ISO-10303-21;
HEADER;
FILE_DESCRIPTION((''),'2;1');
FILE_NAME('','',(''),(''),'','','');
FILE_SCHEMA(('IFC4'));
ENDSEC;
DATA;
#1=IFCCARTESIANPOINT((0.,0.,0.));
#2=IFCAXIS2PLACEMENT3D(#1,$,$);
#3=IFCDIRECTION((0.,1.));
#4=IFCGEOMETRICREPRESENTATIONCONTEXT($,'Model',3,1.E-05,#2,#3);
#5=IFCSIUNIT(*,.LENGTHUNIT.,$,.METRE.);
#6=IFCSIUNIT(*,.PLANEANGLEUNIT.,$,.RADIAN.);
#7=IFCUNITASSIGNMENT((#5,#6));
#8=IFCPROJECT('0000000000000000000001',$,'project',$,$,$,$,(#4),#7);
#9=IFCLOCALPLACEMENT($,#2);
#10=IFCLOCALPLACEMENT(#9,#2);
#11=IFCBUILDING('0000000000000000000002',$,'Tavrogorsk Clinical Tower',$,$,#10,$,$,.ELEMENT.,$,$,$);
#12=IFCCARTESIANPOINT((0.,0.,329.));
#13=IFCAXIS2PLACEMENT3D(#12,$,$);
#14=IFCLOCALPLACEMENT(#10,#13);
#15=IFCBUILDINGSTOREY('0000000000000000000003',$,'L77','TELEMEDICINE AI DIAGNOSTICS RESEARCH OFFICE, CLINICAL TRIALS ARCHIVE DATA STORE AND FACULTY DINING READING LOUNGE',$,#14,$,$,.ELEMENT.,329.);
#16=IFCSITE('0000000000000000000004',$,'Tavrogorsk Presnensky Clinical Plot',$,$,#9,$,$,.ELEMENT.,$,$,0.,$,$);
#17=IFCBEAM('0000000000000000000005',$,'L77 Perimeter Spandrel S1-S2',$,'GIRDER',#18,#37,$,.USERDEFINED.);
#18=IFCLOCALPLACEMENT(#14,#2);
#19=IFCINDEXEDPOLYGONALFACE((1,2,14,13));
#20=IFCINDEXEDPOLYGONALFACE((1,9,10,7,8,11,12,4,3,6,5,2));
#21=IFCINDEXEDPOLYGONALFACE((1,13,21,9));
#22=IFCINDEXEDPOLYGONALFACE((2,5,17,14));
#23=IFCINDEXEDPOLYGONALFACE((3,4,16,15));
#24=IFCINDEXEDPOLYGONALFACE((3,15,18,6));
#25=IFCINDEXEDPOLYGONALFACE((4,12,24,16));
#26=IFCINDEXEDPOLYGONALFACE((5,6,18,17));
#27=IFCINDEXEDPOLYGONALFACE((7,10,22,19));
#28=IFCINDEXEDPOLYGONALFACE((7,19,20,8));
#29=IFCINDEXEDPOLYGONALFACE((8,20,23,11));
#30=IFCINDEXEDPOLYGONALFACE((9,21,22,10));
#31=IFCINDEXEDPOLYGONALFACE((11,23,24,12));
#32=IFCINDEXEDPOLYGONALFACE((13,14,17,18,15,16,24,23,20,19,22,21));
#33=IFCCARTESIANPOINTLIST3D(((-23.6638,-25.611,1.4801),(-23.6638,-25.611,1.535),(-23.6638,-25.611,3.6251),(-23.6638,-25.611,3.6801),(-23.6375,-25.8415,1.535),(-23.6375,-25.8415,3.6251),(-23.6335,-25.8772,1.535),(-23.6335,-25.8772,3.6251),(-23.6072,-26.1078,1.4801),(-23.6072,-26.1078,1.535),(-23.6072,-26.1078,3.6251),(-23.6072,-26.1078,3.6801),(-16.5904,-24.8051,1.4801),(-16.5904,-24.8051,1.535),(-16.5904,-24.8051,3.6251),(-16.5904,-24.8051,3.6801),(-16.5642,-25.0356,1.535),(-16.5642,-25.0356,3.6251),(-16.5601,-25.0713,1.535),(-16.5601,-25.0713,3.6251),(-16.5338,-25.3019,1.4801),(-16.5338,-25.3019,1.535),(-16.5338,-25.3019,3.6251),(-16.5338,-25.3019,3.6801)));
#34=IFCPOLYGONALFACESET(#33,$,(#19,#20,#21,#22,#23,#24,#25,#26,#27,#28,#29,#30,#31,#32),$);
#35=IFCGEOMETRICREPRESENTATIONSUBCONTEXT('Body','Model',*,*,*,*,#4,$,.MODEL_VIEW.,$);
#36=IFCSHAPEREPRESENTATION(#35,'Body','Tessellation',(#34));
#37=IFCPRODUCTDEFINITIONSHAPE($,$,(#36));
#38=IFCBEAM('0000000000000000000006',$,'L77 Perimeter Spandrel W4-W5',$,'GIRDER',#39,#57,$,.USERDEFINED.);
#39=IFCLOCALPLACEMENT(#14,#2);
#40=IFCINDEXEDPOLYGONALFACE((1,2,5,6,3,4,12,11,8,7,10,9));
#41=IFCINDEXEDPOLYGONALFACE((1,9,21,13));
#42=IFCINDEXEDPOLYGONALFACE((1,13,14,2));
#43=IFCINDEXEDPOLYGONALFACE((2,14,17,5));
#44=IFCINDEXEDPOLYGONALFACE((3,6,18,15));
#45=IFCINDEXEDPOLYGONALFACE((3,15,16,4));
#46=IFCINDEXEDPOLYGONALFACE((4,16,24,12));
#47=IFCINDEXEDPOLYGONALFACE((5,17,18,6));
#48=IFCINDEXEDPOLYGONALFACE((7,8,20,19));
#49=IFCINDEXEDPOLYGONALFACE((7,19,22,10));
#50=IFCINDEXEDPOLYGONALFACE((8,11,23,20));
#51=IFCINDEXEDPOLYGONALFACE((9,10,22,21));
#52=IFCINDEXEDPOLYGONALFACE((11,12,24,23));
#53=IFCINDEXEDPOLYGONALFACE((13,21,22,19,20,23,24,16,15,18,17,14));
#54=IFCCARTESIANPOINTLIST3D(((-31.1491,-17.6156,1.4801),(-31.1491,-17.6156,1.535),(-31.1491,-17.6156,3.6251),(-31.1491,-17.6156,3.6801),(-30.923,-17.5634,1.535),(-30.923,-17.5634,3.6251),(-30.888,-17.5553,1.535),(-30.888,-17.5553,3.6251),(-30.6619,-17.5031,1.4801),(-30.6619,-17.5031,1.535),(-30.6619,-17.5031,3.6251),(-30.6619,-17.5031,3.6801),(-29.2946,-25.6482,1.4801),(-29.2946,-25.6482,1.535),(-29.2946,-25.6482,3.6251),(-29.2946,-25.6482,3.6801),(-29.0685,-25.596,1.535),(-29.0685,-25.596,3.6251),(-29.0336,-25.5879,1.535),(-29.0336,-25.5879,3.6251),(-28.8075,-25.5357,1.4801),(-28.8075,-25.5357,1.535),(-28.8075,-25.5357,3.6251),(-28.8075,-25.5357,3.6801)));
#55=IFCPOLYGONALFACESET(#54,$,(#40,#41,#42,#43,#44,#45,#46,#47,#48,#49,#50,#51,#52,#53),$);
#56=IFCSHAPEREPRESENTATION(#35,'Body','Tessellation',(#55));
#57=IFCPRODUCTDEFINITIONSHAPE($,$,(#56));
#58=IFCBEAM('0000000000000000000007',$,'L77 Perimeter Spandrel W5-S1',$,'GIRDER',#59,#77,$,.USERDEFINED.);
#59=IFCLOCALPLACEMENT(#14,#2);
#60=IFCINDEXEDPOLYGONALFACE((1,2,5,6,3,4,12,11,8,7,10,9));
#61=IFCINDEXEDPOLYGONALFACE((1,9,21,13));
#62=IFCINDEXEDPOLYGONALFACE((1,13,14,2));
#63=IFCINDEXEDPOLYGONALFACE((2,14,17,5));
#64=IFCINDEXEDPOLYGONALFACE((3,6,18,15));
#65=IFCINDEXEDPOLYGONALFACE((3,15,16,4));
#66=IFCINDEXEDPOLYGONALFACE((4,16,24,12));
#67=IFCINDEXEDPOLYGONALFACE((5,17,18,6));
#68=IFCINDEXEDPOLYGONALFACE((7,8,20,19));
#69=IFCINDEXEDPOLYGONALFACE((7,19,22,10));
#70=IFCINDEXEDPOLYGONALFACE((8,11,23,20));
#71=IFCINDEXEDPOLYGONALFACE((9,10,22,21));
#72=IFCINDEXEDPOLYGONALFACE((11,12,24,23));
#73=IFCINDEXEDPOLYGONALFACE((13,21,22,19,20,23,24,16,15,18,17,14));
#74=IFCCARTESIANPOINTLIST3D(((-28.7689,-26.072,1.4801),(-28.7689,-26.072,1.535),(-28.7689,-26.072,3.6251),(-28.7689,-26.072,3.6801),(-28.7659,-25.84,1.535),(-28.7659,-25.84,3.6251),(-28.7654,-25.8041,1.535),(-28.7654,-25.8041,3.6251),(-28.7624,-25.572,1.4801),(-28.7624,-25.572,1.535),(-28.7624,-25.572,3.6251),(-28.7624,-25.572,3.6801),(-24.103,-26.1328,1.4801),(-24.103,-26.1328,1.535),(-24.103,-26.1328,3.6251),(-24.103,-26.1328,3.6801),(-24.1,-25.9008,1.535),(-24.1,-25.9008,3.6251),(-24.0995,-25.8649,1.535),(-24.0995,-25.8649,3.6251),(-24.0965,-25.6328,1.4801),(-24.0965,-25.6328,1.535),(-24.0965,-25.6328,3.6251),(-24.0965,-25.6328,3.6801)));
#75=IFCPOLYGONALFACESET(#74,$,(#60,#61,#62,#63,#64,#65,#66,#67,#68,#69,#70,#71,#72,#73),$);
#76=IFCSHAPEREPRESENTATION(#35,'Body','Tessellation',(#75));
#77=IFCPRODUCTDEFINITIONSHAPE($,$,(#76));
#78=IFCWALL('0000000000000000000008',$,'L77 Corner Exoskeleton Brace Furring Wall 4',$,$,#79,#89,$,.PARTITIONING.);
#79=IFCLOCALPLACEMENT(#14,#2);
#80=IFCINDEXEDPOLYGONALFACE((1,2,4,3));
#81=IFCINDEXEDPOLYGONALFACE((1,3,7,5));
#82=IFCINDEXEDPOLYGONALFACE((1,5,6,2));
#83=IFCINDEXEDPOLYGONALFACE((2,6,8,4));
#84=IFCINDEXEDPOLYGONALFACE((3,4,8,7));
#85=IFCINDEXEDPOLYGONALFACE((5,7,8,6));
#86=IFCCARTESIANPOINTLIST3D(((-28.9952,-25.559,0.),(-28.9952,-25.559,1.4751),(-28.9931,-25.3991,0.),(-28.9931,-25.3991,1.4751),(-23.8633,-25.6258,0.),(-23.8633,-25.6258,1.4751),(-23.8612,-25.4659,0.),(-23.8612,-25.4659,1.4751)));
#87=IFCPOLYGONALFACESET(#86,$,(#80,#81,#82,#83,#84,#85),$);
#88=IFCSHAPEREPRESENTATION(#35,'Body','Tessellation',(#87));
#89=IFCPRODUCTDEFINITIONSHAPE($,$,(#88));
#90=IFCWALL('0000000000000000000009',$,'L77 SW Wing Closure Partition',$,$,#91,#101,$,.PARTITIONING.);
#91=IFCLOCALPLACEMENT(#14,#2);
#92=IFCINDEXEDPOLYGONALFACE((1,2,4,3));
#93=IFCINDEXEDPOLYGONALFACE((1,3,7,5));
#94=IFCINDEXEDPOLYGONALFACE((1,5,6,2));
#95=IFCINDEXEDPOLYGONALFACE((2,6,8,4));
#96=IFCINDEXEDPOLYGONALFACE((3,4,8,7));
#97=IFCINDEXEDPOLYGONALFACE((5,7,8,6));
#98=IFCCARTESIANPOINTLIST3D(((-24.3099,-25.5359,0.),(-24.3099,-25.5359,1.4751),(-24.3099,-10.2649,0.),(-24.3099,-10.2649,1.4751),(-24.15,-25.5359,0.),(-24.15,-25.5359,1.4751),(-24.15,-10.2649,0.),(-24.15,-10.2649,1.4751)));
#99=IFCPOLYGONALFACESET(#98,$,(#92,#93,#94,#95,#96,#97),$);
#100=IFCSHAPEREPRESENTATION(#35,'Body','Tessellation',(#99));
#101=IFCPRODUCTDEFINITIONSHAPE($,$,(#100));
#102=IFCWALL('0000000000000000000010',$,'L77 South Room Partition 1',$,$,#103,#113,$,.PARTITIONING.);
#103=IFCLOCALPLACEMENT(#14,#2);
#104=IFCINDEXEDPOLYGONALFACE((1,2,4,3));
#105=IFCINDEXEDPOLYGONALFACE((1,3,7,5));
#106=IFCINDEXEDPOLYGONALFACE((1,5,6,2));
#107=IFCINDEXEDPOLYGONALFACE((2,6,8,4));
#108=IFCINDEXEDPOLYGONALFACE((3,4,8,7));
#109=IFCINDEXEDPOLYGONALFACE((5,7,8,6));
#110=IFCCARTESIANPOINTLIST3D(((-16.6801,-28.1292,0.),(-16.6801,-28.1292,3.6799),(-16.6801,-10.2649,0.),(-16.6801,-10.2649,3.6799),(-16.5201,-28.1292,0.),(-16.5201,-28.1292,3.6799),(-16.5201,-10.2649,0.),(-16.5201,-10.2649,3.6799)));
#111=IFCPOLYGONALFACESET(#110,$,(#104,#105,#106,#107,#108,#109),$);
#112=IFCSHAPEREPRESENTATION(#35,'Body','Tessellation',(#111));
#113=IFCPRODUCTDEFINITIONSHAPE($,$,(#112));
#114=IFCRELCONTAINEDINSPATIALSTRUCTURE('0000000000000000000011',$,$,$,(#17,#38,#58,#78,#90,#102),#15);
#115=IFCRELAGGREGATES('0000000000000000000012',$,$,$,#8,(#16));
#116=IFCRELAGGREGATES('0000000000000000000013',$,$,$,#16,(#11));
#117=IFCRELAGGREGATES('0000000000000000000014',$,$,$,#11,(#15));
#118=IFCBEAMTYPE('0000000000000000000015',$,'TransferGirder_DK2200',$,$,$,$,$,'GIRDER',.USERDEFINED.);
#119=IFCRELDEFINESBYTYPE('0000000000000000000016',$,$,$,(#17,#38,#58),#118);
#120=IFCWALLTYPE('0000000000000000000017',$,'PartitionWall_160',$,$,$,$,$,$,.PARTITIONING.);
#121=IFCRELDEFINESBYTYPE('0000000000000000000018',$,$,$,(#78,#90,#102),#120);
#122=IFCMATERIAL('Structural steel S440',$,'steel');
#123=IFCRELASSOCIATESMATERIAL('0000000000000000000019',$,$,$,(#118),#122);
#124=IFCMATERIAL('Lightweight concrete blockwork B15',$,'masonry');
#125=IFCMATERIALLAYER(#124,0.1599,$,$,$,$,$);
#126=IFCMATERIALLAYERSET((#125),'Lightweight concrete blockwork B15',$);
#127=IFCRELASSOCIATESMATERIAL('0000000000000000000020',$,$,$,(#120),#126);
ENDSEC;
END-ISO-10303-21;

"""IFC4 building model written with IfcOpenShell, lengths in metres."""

from ifc_helpers import new_model, si_unit, direction, frame, frame_2d, origin, origin_2d, place, context, subcontext, project, spatial, rectangle, i_section, extrude, material, layer, layer_set, material_profile, profile_set, type_object, element, save


model = new_model("IFC4")

# Units and contexts
model_context = context("Model", 3, precision=1e-05, world=origin(), true_north=direction((0.0, 1.0)))
body_context = subcontext(model_context, "Body", "Model", "MODEL_VIEW")
ifc_project = project(units=[si_unit("LENGTHUNIT", "METRE"), si_unit("PLANEANGLEUNIT", "RADIAN")], contexts=[model_context])

# Site, building, storey
site_placement = place(None, origin())
site = spatial("IfcSite", under=ifc_project, at=site_placement, Name="Tavrogorsk Presnensky Clinical Plot", CompositionType="ELEMENT", RefElevation=0.0)
building_placement = place(site_placement, origin())
building = spatial("IfcBuilding", under=site, at=building_placement, Name="Tavrogorsk Clinical Tower", CompositionType="ELEMENT")
storey_placement = place(building_placement, frame((0.0, 0.0, 329.0)))
storey = spatial("IfcBuildingStorey", under=building, at=storey_placement, Name="L77", Description="TELEMEDICINE AI DIAGNOSTICS RESEARCH OFFICE, CLINICAL TRIALS ARCHIVE DATA STORE AND FACULTY DINING READING LOUNGE", CompositionType="ELEMENT", Elevation=329.0)

# Beams
ifc_material_1 = material(Name="Structural steel S440", Category="steel")
ifc_material_profile_1 = material_profile(ifc_material_1, i_section(OverallWidth=0.5, OverallDepth=2.2, WebThickness=0.0359, FlangeThickness=0.0549, at=origin_2d()), Name="DK-2200x500x36x55")
ifc_profile_set_1 = profile_set([ifc_material_profile_1], Name="Structural steel S440")
beam_type = type_object("IfcBeamType", Name="TransferGirder_DK2200", ElementType="GIRDER", PredefinedType="USERDEFINED", material=ifc_profile_set_1)
beam_1_placement = place(storey_placement, frame((-23.6355, -25.8594, 2.5801), z_axis=(0.993572, 0.113201, 0.0), x_axis=(-0.113201, 0.993572, 0.0)))
element("IfcBeam", 1, at=beam_1_placement, inside=storey, type_object=beam_type, Name="L77 Perimeter Spandrel S1-S2", ObjectType="GIRDER", PredefinedType="USERDEFINED", context=body_context, shape_type="SweptSolid", body=[
    extrude(i_section(OverallWidth=0.5, OverallDepth=2.2, WebThickness=0.0359, FlangeThickness=0.0549, at=origin_2d()), origin(), (0.0, 0.0, 1.0), 7.1191),
])
beam_2_placement = place(storey_placement, frame((-30.9055, -17.5593, 2.5801), z_axis=(0.22495, -0.97437, 0.0), x_axis=(0.97437, 0.22495, 0.0)))
element("IfcBeam", 2, at=beam_2_placement, inside=storey, type_object=beam_type, Name="L77 Perimeter Spandrel W4-W5", ObjectType="GIRDER", PredefinedType="USERDEFINED", context=body_context, shape_type="SweptSolid", body=[
    extrude(i_section(OverallWidth=0.5, OverallDepth=2.2, WebThickness=0.0359, FlangeThickness=0.0549, at=origin_2d()), origin(), (0.0, 0.0, 1.0), 8.2439),
])
beam_3_placement = place(storey_placement, frame((-28.7656, -25.822, 2.5801), z_axis=(0.999915, -0.013028, 0.0), x_axis=(0.013028, 0.999915, 0.0)))
element("IfcBeam", 3, at=beam_3_placement, inside=storey, type_object=beam_type, Name="L77 Perimeter Spandrel W5-S1", ObjectType="GIRDER", PredefinedType="USERDEFINED", context=body_context, shape_type="SweptSolid", body=[
    extrude(i_section(OverallWidth=0.5, OverallDepth=2.2, WebThickness=0.0359, FlangeThickness=0.0549, at=origin_2d()), origin(), (0.0, 0.0, 1.0), 4.6663),
])

# Walls
ifc_material_2 = material(Name="Lightweight concrete blockwork B15", Category="masonry")
ifc_layer_1 = layer(ifc_material_2, 0.1599)
ifc_layer_set_1 = layer_set([ifc_layer_1], Name="Lightweight concrete blockwork B15")
wall_type_1 = type_object("IfcWallType", Name="PartitionWall_160", PredefinedType="PARTITIONING", material=ifc_layer_set_1)
wall_1_placement = place(storey_placement, frame((-28.9941, -25.479, 0.0), z_axis=(0.0, 0.0, 1.0), x_axis=(0.999915, -0.013034, 0.0)))
element("IfcWall", 4, at=wall_1_placement, inside=storey, type_object=wall_type_1, Name="L77 Corner Exoskeleton Brace Furring Wall 4", PredefinedType="PARTITIONING", context=body_context, shape_type="SweptSolid", body=[
    extrude(rectangle(XDim=5.1323, YDim=0.1599, at=frame_2d((2.5662, 0.0))), origin(), (0.0, 0.0, 1.0), 1.4751),
])
wall_2_placement = place(storey_placement, frame((-24.23, -25.5359, 0.0), z_axis=(0.0, 0.0, 1.0), x_axis=(0.0, 1.0, 0.0)))
element("IfcWall", 5, at=wall_2_placement, inside=storey, type_object=wall_type_1, Name="L77 SW Wing Closure Partition", PredefinedType="PARTITIONING", context=body_context, shape_type="SweptSolid", body=[
    extrude(rectangle(XDim=15.271, YDim=0.1599, at=frame_2d((7.6355, 0.0))), origin(), (0.0, 0.0, 1.0), 1.4751),
])
wall_3_placement = place(storey_placement, frame((-16.6001, -28.1292, 0.0), z_axis=(0.0, 0.0, 1.0), x_axis=(0.0, 1.0, 0.0)))
element("IfcWall", 6, at=wall_3_placement, inside=storey, type_object=wall_type_1, Name="L77 South Room Partition 1", PredefinedType="PARTITIONING", context=body_context, shape_type="SweptSolid", body=[
    extrude(rectangle(XDim=17.8643, YDim=0.1599, at=frame_2d((8.9321, 0.0))), origin(), (0.0, 0.0, 1.0), 3.6799),
])

save(model, "model.ifc")
